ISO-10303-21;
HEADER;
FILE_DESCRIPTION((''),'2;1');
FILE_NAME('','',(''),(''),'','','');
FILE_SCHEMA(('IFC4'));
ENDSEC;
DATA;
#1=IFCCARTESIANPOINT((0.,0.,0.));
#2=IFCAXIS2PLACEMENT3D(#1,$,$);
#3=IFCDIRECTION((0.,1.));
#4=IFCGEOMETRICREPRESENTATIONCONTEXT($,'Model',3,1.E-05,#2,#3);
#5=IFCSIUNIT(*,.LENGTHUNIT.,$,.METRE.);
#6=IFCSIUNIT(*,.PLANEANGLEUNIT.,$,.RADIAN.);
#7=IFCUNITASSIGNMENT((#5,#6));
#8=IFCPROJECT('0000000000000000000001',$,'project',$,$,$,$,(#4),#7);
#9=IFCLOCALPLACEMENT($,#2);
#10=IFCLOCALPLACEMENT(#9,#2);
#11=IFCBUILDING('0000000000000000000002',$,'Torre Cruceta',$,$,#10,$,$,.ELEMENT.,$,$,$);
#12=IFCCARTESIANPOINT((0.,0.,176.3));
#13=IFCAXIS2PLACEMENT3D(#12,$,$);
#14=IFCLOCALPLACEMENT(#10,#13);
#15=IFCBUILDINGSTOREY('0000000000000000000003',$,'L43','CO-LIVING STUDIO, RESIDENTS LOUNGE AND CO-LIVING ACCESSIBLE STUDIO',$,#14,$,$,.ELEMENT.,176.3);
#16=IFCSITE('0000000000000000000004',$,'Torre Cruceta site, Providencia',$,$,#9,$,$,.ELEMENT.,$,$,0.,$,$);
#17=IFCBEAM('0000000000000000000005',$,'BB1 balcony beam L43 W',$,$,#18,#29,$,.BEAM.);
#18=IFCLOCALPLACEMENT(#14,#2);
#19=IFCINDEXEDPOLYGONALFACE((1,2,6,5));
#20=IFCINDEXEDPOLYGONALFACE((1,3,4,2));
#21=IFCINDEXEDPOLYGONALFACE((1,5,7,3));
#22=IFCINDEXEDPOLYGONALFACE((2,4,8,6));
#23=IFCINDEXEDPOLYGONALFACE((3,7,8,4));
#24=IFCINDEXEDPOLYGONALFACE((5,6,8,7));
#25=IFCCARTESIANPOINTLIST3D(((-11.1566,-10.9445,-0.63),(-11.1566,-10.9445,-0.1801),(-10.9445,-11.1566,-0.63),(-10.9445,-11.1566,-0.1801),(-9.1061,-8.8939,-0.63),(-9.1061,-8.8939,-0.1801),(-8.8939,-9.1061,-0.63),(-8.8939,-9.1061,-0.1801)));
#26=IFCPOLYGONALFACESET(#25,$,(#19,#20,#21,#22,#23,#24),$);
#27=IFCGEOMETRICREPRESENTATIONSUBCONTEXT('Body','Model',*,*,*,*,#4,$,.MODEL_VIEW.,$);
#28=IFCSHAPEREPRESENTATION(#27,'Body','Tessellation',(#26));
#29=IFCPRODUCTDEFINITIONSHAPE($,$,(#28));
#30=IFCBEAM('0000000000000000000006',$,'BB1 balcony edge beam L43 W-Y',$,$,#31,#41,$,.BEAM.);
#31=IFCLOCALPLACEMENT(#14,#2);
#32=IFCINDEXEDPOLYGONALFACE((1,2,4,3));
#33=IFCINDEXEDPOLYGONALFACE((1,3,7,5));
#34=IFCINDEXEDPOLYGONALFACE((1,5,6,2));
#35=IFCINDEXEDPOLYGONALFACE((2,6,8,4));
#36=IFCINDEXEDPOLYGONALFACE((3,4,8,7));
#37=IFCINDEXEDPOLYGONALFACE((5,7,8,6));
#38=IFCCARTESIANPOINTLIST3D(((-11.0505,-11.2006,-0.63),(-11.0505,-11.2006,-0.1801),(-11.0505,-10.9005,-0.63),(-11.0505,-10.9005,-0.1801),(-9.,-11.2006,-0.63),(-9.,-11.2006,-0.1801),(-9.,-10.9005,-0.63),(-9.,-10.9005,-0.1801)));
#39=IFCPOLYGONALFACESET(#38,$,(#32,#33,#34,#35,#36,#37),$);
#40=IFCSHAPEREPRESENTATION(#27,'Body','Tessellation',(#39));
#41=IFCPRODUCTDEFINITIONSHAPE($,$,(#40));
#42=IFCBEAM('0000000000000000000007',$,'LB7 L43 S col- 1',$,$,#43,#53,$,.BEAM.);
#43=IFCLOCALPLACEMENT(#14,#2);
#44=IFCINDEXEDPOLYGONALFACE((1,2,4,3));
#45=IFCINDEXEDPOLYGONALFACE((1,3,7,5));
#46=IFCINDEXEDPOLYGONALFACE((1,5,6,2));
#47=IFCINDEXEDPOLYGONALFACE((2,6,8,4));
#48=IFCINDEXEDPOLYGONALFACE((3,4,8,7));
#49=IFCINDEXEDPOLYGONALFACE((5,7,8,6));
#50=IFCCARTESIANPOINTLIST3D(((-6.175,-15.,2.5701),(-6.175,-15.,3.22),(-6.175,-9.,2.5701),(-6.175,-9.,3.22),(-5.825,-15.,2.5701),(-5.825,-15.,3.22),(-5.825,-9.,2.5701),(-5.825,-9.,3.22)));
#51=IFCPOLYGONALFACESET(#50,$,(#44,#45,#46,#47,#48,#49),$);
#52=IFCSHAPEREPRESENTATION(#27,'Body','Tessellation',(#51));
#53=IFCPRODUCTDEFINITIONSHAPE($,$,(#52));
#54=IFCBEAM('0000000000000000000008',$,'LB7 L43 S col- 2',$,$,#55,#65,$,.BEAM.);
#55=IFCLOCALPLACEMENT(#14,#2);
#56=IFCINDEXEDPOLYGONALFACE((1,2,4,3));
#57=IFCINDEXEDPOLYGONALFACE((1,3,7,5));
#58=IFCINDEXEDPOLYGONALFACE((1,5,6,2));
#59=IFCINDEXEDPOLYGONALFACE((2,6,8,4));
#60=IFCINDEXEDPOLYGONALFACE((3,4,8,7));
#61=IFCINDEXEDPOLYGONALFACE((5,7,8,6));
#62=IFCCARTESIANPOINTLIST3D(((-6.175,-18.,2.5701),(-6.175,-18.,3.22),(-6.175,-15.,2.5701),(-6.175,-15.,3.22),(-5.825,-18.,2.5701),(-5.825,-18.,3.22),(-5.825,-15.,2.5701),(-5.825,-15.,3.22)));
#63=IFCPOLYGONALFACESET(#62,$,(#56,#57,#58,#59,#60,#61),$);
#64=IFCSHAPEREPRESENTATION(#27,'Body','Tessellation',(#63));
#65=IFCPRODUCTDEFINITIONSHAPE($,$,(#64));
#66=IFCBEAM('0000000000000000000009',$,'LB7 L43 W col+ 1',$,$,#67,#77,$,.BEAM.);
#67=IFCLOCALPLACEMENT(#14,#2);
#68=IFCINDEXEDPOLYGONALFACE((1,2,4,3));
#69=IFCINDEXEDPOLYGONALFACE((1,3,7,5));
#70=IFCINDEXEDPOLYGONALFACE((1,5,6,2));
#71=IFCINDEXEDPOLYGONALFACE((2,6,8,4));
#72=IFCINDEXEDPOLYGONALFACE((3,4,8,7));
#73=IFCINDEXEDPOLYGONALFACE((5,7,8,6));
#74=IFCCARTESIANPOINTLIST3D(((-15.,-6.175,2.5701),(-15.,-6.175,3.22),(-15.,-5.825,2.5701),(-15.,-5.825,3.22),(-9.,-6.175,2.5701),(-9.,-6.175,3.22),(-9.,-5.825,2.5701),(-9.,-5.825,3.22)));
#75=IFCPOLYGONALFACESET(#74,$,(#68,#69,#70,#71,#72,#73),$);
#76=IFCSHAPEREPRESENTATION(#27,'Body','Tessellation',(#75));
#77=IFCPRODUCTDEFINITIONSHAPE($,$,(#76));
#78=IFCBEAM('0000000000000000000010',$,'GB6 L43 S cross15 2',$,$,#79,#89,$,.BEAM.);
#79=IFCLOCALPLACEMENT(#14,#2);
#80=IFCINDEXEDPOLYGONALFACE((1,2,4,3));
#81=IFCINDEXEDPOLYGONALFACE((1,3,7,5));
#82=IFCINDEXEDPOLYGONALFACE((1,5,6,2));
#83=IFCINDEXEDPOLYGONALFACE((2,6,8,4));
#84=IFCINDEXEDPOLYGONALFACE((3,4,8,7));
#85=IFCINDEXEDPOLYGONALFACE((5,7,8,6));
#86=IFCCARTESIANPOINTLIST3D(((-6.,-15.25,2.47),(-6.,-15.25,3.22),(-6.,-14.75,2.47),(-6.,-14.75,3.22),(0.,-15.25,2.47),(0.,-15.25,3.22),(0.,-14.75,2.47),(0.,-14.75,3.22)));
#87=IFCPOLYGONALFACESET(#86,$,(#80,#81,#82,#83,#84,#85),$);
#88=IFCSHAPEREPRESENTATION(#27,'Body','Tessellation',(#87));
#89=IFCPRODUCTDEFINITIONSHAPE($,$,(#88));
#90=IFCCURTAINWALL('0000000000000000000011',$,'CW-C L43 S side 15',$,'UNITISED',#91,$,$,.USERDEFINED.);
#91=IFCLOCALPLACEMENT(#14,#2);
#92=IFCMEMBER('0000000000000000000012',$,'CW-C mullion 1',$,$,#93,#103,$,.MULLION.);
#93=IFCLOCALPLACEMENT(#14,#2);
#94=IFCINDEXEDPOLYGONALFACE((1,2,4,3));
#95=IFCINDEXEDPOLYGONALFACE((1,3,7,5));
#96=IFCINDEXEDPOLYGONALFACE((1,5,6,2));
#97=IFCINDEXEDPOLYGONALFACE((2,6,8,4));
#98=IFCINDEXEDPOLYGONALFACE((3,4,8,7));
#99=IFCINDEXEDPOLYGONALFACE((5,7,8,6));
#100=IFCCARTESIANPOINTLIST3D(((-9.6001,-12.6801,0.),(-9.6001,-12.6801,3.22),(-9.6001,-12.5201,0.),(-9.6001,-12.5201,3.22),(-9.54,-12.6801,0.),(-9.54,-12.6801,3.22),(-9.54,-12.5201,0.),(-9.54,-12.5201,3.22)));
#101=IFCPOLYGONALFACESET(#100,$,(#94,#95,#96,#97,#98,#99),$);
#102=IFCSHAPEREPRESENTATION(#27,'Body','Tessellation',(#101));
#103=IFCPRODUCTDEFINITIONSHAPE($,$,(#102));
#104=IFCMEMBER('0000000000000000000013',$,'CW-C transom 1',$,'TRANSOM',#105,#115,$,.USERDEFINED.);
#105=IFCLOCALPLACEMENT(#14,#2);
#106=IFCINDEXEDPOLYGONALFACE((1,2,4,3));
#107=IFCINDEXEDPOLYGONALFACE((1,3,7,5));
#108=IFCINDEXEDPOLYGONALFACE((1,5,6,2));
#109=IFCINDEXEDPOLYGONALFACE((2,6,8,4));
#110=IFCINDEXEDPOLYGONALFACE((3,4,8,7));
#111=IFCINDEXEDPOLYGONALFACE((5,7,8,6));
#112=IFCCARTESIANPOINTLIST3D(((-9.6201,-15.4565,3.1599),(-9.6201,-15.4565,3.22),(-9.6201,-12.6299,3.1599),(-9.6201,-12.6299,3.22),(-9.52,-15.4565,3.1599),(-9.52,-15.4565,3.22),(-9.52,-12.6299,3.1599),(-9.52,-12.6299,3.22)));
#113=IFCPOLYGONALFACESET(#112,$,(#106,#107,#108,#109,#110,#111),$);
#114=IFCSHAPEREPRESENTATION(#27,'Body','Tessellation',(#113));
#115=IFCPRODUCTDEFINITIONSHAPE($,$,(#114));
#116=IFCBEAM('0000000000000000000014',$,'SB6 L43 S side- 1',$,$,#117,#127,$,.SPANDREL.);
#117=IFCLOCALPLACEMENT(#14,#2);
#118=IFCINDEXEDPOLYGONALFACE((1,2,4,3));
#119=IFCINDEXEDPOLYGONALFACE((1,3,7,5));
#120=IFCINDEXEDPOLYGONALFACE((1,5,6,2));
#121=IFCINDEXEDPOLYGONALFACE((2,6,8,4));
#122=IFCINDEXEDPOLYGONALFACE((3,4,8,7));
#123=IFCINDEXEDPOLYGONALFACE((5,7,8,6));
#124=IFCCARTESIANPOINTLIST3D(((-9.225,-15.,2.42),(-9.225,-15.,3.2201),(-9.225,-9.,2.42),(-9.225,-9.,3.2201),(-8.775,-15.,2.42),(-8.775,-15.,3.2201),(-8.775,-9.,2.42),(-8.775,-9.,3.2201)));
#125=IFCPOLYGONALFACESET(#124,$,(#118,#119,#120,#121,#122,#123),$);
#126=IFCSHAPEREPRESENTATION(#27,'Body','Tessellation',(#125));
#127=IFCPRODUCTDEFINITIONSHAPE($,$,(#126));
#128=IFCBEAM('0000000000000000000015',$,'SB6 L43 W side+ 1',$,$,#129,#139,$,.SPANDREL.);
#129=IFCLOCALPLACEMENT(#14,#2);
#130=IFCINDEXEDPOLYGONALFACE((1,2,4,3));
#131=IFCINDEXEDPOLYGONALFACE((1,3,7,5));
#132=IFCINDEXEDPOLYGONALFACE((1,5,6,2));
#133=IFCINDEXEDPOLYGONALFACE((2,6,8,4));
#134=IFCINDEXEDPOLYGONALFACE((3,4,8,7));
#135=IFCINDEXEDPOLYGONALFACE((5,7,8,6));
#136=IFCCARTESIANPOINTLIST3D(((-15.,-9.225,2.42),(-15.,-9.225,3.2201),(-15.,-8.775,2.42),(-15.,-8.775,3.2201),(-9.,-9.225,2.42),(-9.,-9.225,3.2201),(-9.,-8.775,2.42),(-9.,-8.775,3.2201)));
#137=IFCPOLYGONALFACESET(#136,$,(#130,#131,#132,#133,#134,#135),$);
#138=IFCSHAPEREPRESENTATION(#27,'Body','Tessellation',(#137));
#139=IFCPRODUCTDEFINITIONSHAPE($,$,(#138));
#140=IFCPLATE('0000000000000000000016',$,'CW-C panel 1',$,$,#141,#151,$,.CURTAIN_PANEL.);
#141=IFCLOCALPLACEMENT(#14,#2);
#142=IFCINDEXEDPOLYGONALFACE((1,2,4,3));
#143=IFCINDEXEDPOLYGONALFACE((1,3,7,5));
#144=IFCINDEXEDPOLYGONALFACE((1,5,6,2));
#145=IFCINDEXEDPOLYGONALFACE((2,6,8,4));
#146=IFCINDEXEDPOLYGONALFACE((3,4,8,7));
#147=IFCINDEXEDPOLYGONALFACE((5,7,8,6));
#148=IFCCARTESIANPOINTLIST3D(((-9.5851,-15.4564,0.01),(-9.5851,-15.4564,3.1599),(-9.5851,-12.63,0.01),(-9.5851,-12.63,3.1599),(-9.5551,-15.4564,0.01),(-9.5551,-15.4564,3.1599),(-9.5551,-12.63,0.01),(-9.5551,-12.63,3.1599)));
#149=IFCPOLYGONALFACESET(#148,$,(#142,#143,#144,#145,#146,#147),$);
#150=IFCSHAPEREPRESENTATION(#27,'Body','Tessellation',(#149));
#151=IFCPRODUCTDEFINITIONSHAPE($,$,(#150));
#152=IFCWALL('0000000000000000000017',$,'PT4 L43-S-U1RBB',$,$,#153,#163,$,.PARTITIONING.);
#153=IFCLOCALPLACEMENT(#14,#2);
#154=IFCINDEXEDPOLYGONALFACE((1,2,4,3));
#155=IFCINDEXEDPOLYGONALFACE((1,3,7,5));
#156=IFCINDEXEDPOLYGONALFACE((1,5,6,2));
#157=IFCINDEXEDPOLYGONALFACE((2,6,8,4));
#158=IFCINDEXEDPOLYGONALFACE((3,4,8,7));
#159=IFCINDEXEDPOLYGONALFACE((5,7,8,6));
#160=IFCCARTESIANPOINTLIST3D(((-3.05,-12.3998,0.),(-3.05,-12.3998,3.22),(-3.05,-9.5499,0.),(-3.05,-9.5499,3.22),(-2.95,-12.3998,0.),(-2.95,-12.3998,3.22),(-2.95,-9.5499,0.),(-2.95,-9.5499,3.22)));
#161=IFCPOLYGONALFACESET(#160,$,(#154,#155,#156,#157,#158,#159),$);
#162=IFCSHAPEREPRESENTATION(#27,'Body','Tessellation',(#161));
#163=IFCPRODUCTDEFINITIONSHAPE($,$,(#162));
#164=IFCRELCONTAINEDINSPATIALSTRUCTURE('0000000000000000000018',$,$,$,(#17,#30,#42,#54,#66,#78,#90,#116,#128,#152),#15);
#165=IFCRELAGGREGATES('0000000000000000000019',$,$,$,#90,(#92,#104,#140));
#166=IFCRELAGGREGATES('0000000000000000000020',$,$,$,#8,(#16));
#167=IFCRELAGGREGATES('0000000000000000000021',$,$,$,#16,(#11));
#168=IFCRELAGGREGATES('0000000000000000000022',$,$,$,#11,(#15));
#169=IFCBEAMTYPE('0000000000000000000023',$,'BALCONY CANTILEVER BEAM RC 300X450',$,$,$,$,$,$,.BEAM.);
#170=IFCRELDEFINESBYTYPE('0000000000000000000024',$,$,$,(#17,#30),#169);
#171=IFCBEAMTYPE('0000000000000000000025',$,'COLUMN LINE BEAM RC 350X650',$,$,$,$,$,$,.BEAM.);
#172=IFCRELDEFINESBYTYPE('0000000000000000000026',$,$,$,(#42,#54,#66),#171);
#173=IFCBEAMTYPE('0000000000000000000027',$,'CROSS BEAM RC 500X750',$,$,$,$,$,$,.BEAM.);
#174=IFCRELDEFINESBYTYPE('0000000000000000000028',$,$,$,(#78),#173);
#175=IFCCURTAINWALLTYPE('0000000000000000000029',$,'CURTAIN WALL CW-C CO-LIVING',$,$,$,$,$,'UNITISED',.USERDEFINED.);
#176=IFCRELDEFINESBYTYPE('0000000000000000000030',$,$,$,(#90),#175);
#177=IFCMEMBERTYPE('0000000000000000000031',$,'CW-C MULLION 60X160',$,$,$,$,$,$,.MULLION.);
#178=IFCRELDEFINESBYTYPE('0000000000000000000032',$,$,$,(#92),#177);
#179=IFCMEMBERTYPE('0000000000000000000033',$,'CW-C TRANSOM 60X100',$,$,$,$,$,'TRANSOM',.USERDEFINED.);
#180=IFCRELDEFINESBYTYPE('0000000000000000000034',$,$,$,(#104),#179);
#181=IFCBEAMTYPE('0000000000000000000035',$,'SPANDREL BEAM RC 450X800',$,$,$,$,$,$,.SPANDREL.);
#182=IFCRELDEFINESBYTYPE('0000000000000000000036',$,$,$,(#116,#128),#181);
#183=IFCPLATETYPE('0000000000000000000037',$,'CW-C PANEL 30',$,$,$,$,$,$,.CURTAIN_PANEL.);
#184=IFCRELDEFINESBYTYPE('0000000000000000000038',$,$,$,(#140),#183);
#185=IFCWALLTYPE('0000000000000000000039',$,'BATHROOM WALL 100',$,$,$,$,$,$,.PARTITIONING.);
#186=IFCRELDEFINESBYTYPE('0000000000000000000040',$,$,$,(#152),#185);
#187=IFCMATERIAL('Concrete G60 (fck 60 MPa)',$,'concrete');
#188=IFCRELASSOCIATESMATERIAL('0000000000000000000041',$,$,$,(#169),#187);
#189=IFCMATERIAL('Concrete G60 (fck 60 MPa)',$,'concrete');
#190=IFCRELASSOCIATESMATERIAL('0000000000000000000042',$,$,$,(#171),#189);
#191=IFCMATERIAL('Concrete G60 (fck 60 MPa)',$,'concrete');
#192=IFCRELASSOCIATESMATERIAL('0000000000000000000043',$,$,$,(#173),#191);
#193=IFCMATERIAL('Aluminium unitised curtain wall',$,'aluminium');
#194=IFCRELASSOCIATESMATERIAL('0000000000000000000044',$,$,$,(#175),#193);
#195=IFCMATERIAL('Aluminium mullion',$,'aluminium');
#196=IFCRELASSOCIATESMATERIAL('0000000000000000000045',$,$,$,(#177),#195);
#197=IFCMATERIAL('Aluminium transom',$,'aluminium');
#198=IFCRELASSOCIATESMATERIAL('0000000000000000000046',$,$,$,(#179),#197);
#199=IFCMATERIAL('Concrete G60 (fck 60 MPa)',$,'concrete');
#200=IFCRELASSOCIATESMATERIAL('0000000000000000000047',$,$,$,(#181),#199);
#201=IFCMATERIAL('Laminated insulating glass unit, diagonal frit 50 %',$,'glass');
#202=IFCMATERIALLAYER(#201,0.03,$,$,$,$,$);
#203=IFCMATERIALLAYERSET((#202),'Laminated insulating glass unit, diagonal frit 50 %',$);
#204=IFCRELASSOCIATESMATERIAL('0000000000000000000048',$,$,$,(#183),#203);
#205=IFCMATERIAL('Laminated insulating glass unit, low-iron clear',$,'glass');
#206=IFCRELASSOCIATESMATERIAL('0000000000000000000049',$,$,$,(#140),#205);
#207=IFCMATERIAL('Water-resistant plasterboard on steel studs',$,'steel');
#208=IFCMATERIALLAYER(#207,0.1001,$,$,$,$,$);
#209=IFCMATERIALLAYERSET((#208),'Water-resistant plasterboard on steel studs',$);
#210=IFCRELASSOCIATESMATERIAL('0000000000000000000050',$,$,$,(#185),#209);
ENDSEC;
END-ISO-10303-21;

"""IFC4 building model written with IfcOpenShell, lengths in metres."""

from ifc_helpers import new_model, si_unit, direction, frame, frame_2d, origin, origin_2d, place, context, subcontext, project, spatial, rectangle, extrude, material, layer, layer_set, material_profile, profile_set, type_object, element, aggregate, save


model = new_model("IFC4")

# Units and contexts
model_context = context("Model", 3, precision=1e-05, world=origin(), true_north=direction((0.0, 1.0)))
body_context = subcontext(model_context, "Body", "Model", "MODEL_VIEW")
ifc_project = project(units=[si_unit("LENGTHUNIT", "METRE"), si_unit("PLANEANGLEUNIT", "RADIAN")], contexts=[model_context])

# Site, building, storey
site_placement = place(None, origin())
site = spatial("IfcSite", under=ifc_project, at=site_placement, Name="Torre Cruceta site, Providencia", CompositionType="ELEMENT", RefElevation=0.0)
building_placement = place(site_placement, origin())
building = spatial("IfcBuilding", under=site, at=building_placement, Name="Torre Cruceta", CompositionType="ELEMENT")
storey_placement = place(building_placement, frame((0.0, 0.0, 176.3)))
storey = spatial("IfcBuildingStorey", under=building, at=storey_placement, Name="L43", Description="CO-LIVING STUDIO, RESIDENTS LOUNGE AND CO-LIVING ACCESSIBLE STUDIO", CompositionType="ELEMENT", Elevation=176.3)

# Beams
ifc_material_1 = material(Name="Concrete G60 (fck 60 MPa)", Category="concrete")
ifc_material_profile_1 = material_profile(ifc_material_1, rectangle(XDim=0.3, YDim=0.45, at=origin_2d()), Name="RC 300X450")
ifc_profile_set_1 = profile_set([ifc_material_profile_1], Name="Concrete G60 (fck 60 MPa)")
beam_type_1 = type_object("IfcBeamType", Name="BALCONY CANTILEVER BEAM RC 300X450", PredefinedType="BEAM", material=ifc_profile_set_1)
beam_1_placement = place(storey_placement, frame((-9.0, -9.0, -0.405), z_axis=(-0.707107, -0.707107, 0.0), x_axis=(0.707107, -0.707107, 0.0)))
element("IfcBeam", 1, at=beam_1_placement, inside=storey, type_object=beam_type_1, Name="BB1 balcony beam L43 W", PredefinedType="BEAM", context=body_context, shape_type="SweptSolid", body=[
    extrude(rectangle(XDim=0.3, YDim=0.45, at=origin_2d()), origin(), (0.0, 0.0, 1.0), 2.8999),
])
beam_2_placement = place(storey_placement, frame((-9.0, -11.0505, -0.405), z_axis=(-1.0, 0.0, 0.0), x_axis=(0.0, -1.0, 0.0)))
element("IfcBeam", 2, at=beam_2_placement, inside=storey, type_object=beam_type_1, Name="BB1 balcony edge beam L43 W-Y", PredefinedType="BEAM", context=body_context, shape_type="SweptSolid", body=[
    extrude(rectangle(XDim=0.3, YDim=0.45, at=origin_2d()), origin(), (0.0, 0.0, 1.0), 2.0505),
])
ifc_material_2 = material(Name="Concrete G60 (fck 60 MPa)", Category="concrete")
ifc_material_profile_2 = material_profile(ifc_material_2, rectangle(XDim=0.3501, YDim=0.6499, at=origin_2d()), Name="RC 350X650")
ifc_profile_set_2 = profile_set([ifc_material_profile_2], Name="Concrete G60 (fck 60 MPa)")
beam_type_2 = type_object("IfcBeamType", Name="COLUMN LINE BEAM RC 350X650", PredefinedType="BEAM", material=ifc_profile_set_2)
beam_3_placement = place(storey_placement, frame((-6.0, -9.0, 2.895), z_axis=(0.0, -1.0, 0.0), x_axis=(1.0, 0.0, 0.0)))
element("IfcBeam", 3, at=beam_3_placement, inside=storey, type_object=beam_type_2, Name="LB7 L43 S col- 1", PredefinedType="BEAM", context=body_context, shape_type="SweptSolid", body=[
    extrude(rectangle(XDim=0.3501, YDim=0.6499, at=origin_2d()), origin(), (0.0, 0.0, 1.0), 6.0),
])
beam_4_placement = place(storey_placement, frame((-6.0, -15.0, 2.895), z_axis=(0.0, -1.0, 0.0), x_axis=(1.0, 0.0, 0.0)))
element("IfcBeam", 4, at=beam_4_placement, inside=storey, type_object=beam_type_2, Name="LB7 L43 S col- 2", PredefinedType="BEAM", context=body_context, shape_type="SweptSolid", body=[
    extrude(rectangle(XDim=0.3501, YDim=0.6499, at=origin_2d()), origin(), (0.0, 0.0, 1.0), 3.0),
])
beam_5_placement = place(storey_placement, frame((-9.0, -6.0, 2.895), z_axis=(-1.0, 0.0, 0.0), x_axis=(0.0, -1.0, 0.0)))
element("IfcBeam", 5, at=beam_5_placement, inside=storey, type_object=beam_type_2, Name="LB7 L43 W col+ 1", PredefinedType="BEAM", context=body_context, shape_type="SweptSolid", body=[
    extrude(rectangle(XDim=0.3501, YDim=0.6499, at=origin_2d()), origin(), (0.0, 0.0, 1.0), 6.0),
])
ifc_material_3 = material(Name="Concrete G60 (fck 60 MPa)", Category="concrete")
ifc_material_profile_3 = material_profile(ifc_material_3, rectangle(XDim=0.5, YDim=0.75, at=origin_2d()), Name="RC 500X750")
ifc_profile_set_3 = profile_set([ifc_material_profile_3], Name="Concrete G60 (fck 60 MPa)")
beam_type_3 = type_object("IfcBeamType", Name="CROSS BEAM RC 500X750", PredefinedType="BEAM", material=ifc_profile_set_3)
beam_6_placement = place(storey_placement, frame((-6.0, -15.0, 2.845), z_axis=(1.0, 0.0, 0.0), x_axis=(0.0, 1.0, 0.0)))
element("IfcBeam", 6, at=beam_6_placement, inside=storey, type_object=beam_type_3, Name="GB6 L43 S cross15 2", PredefinedType="BEAM", context=body_context, shape_type="SweptSolid", body=[
    extrude(rectangle(XDim=0.5, YDim=0.75, at=origin_2d()), origin(), (0.0, 0.0, 1.0), 6.0),
])

# Curtain wall, members
ifc_material_4 = material(Name="Aluminium unitised curtain wall", Category="aluminium")
curtain_wall_type = type_object("IfcCurtainWallType", Name="CURTAIN WALL CW-C CO-LIVING", ElementType="UNITISED", PredefinedType="USERDEFINED", material=ifc_material_4)
curtain_wall_placement = place(storey_placement, origin())
curtain_wall = element("IfcCurtainWall", 7, at=curtain_wall_placement, inside=storey, type_object=curtain_wall_type, Name="CW-C L43 S side 15", ObjectType="UNITISED", PredefinedType="USERDEFINED")
ifc_material_5 = material(Name="Aluminium mullion", Category="aluminium")
ifc_material_profile_4 = material_profile(ifc_material_5, rectangle(XDim=0.0601, YDim=0.1599, at=origin_2d()), Name="AL 60X160")
ifc_profile_set_4 = profile_set([ifc_material_profile_4], Name="Aluminium mullion")
member_type_1 = type_object("IfcMemberType", Name="CW-C MULLION 60X160", PredefinedType="MULLION", material=ifc_profile_set_4)
member_1_placement = place(storey_placement, frame((-9.5701, -12.6001, 0.0), z_axis=(0.0, 0.0, 1.0), x_axis=(1.0, 0.0, 0.0)))
member_1 = element("IfcMember", 8, at=member_1_placement, type_object=member_type_1, Name="CW-C mullion 1", PredefinedType="MULLION", context=body_context, shape_type="SweptSolid", body=[
    extrude(rectangle(XDim=0.0601, YDim=0.1599, at=origin_2d()), origin(), (0.0, 0.0, 1.0), 3.22),
])
ifc_material_6 = material(Name="Aluminium transom", Category="aluminium")
ifc_material_profile_5 = material_profile(ifc_material_6, rectangle(XDim=0.1001, YDim=0.0601, at=origin_2d()), Name="AL 100X60")
ifc_profile_set_5 = profile_set([ifc_material_profile_5], Name="Aluminium transom")
member_type_2 = type_object("IfcMemberType", Name="CW-C TRANSOM 60X100", ElementType="TRANSOM", PredefinedType="USERDEFINED", material=ifc_profile_set_5)
member_2_placement = place(storey_placement, frame((-9.5701, -12.6299, 3.1899), z_axis=(0.0, -1.0, 0.0), x_axis=(1.0, 0.0, 0.0)))
member_2 = element("IfcMember", 9, at=member_2_placement, type_object=member_type_2, Name="CW-C transom 1", ObjectType="TRANSOM", PredefinedType="USERDEFINED", context=body_context, shape_type="SweptSolid", body=[
    extrude(rectangle(XDim=0.1001, YDim=0.0601, at=origin_2d()), origin(), (0.0, 0.0, 1.0), 2.8267),
])

# Beams
ifc_material_7 = material(Name="Concrete G60 (fck 60 MPa)", Category="concrete")
ifc_material_profile_6 = material_profile(ifc_material_7, rectangle(XDim=0.45, YDim=0.8, at=origin_2d()), Name="RC 450X800")
ifc_profile_set_6 = profile_set([ifc_material_profile_6], Name="Concrete G60 (fck 60 MPa)")
beam_type_4 = type_object("IfcBeamType", Name="SPANDREL BEAM RC 450X800", PredefinedType="SPANDREL", material=ifc_profile_set_6)
for number, where, z_axis, x_axis, name in (
    (10, (-9.0, -9.0, 2.8201), (0.0, -1.0, 0.0), (1.0, 0.0, 0.0), "SB6 L43 S side- 1"),
    (11, (-9.0, -9.0, 2.8201), (-1.0, 0.0, 0.0), (0.0, -1.0, 0.0), "SB6 L43 W side+ 1"),
):
    element("IfcBeam", number, at=place(storey_placement, frame(where, z_axis=z_axis, x_axis=x_axis)), inside=storey, type_object=beam_type_4, Name=name, PredefinedType="SPANDREL", context=body_context, shape_type="SweptSolid", body=[
        extrude(rectangle(XDim=0.45, YDim=0.8, at=origin_2d()), origin(), (0.0, 0.0, 1.0), 6.0),
    ])

# Plate
ifc_material_8 = material(Name="Laminated insulating glass unit, low-iron clear", Category="glass")
ifc_material_9 = material(Name="Laminated insulating glass unit, diagonal frit 50 %", Category="glass")
ifc_layer_1 = layer(ifc_material_9, 0.03)
ifc_layer_set_1 = layer_set([ifc_layer_1], Name="Laminated insulating glass unit, diagonal frit 50 %")
plate_type = type_object("IfcPlateType", Name="CW-C PANEL 30", PredefinedType="CURTAIN_PANEL", material=ifc_layer_set_1)
plate_placement = place(storey_placement, frame((-9.5701, -14.0432, 0.01), z_axis=(0.0, 0.0, 1.0), x_axis=(0.0, -1.0, 0.0)))
plate = element("IfcPlate", 12, at=plate_placement, type_object=plate_type, material=ifc_material_8, Name="CW-C panel 1", PredefinedType="CURTAIN_PANEL", context=body_context, shape_type="SweptSolid", body=[
    extrude(rectangle(XDim=2.8264, YDim=0.03, at=origin_2d()), origin(), (0.0, 0.0, 1.0), 3.1499),
])
aggregate(curtain_wall, [member_1, member_2, plate])

# Wall
ifc_material_10 = material(Name="Water-resistant plasterboard on steel studs", Category="steel")
ifc_layer_2 = layer(ifc_material_10, 0.1001)
ifc_layer_set_2 = layer_set([ifc_layer_2], Name="Water-resistant plasterboard on steel studs")
wall_type_1 = type_object("IfcWallType", Name="BATHROOM WALL 100", PredefinedType="PARTITIONING", material=ifc_layer_set_2)
wall_1_placement = place(storey_placement, frame((-3.0, -9.55, 0.0), z_axis=(0.0, 0.0, 1.0), x_axis=(0.0, -1.0, 0.0)))
element("IfcWall", 13, at=wall_1_placement, inside=storey, type_object=wall_type_1, Name="PT4 L43-S-U1RBB", PredefinedType="PARTITIONING", context=body_context, shape_type="SweptSolid", body=[
    extrude(rectangle(XDim=2.8499, YDim=0.1001, at=frame_2d((1.4248, 0.0))), origin(), (0.0, 0.0, 1.0), 3.22),
])

save(model, "model.ifc")
